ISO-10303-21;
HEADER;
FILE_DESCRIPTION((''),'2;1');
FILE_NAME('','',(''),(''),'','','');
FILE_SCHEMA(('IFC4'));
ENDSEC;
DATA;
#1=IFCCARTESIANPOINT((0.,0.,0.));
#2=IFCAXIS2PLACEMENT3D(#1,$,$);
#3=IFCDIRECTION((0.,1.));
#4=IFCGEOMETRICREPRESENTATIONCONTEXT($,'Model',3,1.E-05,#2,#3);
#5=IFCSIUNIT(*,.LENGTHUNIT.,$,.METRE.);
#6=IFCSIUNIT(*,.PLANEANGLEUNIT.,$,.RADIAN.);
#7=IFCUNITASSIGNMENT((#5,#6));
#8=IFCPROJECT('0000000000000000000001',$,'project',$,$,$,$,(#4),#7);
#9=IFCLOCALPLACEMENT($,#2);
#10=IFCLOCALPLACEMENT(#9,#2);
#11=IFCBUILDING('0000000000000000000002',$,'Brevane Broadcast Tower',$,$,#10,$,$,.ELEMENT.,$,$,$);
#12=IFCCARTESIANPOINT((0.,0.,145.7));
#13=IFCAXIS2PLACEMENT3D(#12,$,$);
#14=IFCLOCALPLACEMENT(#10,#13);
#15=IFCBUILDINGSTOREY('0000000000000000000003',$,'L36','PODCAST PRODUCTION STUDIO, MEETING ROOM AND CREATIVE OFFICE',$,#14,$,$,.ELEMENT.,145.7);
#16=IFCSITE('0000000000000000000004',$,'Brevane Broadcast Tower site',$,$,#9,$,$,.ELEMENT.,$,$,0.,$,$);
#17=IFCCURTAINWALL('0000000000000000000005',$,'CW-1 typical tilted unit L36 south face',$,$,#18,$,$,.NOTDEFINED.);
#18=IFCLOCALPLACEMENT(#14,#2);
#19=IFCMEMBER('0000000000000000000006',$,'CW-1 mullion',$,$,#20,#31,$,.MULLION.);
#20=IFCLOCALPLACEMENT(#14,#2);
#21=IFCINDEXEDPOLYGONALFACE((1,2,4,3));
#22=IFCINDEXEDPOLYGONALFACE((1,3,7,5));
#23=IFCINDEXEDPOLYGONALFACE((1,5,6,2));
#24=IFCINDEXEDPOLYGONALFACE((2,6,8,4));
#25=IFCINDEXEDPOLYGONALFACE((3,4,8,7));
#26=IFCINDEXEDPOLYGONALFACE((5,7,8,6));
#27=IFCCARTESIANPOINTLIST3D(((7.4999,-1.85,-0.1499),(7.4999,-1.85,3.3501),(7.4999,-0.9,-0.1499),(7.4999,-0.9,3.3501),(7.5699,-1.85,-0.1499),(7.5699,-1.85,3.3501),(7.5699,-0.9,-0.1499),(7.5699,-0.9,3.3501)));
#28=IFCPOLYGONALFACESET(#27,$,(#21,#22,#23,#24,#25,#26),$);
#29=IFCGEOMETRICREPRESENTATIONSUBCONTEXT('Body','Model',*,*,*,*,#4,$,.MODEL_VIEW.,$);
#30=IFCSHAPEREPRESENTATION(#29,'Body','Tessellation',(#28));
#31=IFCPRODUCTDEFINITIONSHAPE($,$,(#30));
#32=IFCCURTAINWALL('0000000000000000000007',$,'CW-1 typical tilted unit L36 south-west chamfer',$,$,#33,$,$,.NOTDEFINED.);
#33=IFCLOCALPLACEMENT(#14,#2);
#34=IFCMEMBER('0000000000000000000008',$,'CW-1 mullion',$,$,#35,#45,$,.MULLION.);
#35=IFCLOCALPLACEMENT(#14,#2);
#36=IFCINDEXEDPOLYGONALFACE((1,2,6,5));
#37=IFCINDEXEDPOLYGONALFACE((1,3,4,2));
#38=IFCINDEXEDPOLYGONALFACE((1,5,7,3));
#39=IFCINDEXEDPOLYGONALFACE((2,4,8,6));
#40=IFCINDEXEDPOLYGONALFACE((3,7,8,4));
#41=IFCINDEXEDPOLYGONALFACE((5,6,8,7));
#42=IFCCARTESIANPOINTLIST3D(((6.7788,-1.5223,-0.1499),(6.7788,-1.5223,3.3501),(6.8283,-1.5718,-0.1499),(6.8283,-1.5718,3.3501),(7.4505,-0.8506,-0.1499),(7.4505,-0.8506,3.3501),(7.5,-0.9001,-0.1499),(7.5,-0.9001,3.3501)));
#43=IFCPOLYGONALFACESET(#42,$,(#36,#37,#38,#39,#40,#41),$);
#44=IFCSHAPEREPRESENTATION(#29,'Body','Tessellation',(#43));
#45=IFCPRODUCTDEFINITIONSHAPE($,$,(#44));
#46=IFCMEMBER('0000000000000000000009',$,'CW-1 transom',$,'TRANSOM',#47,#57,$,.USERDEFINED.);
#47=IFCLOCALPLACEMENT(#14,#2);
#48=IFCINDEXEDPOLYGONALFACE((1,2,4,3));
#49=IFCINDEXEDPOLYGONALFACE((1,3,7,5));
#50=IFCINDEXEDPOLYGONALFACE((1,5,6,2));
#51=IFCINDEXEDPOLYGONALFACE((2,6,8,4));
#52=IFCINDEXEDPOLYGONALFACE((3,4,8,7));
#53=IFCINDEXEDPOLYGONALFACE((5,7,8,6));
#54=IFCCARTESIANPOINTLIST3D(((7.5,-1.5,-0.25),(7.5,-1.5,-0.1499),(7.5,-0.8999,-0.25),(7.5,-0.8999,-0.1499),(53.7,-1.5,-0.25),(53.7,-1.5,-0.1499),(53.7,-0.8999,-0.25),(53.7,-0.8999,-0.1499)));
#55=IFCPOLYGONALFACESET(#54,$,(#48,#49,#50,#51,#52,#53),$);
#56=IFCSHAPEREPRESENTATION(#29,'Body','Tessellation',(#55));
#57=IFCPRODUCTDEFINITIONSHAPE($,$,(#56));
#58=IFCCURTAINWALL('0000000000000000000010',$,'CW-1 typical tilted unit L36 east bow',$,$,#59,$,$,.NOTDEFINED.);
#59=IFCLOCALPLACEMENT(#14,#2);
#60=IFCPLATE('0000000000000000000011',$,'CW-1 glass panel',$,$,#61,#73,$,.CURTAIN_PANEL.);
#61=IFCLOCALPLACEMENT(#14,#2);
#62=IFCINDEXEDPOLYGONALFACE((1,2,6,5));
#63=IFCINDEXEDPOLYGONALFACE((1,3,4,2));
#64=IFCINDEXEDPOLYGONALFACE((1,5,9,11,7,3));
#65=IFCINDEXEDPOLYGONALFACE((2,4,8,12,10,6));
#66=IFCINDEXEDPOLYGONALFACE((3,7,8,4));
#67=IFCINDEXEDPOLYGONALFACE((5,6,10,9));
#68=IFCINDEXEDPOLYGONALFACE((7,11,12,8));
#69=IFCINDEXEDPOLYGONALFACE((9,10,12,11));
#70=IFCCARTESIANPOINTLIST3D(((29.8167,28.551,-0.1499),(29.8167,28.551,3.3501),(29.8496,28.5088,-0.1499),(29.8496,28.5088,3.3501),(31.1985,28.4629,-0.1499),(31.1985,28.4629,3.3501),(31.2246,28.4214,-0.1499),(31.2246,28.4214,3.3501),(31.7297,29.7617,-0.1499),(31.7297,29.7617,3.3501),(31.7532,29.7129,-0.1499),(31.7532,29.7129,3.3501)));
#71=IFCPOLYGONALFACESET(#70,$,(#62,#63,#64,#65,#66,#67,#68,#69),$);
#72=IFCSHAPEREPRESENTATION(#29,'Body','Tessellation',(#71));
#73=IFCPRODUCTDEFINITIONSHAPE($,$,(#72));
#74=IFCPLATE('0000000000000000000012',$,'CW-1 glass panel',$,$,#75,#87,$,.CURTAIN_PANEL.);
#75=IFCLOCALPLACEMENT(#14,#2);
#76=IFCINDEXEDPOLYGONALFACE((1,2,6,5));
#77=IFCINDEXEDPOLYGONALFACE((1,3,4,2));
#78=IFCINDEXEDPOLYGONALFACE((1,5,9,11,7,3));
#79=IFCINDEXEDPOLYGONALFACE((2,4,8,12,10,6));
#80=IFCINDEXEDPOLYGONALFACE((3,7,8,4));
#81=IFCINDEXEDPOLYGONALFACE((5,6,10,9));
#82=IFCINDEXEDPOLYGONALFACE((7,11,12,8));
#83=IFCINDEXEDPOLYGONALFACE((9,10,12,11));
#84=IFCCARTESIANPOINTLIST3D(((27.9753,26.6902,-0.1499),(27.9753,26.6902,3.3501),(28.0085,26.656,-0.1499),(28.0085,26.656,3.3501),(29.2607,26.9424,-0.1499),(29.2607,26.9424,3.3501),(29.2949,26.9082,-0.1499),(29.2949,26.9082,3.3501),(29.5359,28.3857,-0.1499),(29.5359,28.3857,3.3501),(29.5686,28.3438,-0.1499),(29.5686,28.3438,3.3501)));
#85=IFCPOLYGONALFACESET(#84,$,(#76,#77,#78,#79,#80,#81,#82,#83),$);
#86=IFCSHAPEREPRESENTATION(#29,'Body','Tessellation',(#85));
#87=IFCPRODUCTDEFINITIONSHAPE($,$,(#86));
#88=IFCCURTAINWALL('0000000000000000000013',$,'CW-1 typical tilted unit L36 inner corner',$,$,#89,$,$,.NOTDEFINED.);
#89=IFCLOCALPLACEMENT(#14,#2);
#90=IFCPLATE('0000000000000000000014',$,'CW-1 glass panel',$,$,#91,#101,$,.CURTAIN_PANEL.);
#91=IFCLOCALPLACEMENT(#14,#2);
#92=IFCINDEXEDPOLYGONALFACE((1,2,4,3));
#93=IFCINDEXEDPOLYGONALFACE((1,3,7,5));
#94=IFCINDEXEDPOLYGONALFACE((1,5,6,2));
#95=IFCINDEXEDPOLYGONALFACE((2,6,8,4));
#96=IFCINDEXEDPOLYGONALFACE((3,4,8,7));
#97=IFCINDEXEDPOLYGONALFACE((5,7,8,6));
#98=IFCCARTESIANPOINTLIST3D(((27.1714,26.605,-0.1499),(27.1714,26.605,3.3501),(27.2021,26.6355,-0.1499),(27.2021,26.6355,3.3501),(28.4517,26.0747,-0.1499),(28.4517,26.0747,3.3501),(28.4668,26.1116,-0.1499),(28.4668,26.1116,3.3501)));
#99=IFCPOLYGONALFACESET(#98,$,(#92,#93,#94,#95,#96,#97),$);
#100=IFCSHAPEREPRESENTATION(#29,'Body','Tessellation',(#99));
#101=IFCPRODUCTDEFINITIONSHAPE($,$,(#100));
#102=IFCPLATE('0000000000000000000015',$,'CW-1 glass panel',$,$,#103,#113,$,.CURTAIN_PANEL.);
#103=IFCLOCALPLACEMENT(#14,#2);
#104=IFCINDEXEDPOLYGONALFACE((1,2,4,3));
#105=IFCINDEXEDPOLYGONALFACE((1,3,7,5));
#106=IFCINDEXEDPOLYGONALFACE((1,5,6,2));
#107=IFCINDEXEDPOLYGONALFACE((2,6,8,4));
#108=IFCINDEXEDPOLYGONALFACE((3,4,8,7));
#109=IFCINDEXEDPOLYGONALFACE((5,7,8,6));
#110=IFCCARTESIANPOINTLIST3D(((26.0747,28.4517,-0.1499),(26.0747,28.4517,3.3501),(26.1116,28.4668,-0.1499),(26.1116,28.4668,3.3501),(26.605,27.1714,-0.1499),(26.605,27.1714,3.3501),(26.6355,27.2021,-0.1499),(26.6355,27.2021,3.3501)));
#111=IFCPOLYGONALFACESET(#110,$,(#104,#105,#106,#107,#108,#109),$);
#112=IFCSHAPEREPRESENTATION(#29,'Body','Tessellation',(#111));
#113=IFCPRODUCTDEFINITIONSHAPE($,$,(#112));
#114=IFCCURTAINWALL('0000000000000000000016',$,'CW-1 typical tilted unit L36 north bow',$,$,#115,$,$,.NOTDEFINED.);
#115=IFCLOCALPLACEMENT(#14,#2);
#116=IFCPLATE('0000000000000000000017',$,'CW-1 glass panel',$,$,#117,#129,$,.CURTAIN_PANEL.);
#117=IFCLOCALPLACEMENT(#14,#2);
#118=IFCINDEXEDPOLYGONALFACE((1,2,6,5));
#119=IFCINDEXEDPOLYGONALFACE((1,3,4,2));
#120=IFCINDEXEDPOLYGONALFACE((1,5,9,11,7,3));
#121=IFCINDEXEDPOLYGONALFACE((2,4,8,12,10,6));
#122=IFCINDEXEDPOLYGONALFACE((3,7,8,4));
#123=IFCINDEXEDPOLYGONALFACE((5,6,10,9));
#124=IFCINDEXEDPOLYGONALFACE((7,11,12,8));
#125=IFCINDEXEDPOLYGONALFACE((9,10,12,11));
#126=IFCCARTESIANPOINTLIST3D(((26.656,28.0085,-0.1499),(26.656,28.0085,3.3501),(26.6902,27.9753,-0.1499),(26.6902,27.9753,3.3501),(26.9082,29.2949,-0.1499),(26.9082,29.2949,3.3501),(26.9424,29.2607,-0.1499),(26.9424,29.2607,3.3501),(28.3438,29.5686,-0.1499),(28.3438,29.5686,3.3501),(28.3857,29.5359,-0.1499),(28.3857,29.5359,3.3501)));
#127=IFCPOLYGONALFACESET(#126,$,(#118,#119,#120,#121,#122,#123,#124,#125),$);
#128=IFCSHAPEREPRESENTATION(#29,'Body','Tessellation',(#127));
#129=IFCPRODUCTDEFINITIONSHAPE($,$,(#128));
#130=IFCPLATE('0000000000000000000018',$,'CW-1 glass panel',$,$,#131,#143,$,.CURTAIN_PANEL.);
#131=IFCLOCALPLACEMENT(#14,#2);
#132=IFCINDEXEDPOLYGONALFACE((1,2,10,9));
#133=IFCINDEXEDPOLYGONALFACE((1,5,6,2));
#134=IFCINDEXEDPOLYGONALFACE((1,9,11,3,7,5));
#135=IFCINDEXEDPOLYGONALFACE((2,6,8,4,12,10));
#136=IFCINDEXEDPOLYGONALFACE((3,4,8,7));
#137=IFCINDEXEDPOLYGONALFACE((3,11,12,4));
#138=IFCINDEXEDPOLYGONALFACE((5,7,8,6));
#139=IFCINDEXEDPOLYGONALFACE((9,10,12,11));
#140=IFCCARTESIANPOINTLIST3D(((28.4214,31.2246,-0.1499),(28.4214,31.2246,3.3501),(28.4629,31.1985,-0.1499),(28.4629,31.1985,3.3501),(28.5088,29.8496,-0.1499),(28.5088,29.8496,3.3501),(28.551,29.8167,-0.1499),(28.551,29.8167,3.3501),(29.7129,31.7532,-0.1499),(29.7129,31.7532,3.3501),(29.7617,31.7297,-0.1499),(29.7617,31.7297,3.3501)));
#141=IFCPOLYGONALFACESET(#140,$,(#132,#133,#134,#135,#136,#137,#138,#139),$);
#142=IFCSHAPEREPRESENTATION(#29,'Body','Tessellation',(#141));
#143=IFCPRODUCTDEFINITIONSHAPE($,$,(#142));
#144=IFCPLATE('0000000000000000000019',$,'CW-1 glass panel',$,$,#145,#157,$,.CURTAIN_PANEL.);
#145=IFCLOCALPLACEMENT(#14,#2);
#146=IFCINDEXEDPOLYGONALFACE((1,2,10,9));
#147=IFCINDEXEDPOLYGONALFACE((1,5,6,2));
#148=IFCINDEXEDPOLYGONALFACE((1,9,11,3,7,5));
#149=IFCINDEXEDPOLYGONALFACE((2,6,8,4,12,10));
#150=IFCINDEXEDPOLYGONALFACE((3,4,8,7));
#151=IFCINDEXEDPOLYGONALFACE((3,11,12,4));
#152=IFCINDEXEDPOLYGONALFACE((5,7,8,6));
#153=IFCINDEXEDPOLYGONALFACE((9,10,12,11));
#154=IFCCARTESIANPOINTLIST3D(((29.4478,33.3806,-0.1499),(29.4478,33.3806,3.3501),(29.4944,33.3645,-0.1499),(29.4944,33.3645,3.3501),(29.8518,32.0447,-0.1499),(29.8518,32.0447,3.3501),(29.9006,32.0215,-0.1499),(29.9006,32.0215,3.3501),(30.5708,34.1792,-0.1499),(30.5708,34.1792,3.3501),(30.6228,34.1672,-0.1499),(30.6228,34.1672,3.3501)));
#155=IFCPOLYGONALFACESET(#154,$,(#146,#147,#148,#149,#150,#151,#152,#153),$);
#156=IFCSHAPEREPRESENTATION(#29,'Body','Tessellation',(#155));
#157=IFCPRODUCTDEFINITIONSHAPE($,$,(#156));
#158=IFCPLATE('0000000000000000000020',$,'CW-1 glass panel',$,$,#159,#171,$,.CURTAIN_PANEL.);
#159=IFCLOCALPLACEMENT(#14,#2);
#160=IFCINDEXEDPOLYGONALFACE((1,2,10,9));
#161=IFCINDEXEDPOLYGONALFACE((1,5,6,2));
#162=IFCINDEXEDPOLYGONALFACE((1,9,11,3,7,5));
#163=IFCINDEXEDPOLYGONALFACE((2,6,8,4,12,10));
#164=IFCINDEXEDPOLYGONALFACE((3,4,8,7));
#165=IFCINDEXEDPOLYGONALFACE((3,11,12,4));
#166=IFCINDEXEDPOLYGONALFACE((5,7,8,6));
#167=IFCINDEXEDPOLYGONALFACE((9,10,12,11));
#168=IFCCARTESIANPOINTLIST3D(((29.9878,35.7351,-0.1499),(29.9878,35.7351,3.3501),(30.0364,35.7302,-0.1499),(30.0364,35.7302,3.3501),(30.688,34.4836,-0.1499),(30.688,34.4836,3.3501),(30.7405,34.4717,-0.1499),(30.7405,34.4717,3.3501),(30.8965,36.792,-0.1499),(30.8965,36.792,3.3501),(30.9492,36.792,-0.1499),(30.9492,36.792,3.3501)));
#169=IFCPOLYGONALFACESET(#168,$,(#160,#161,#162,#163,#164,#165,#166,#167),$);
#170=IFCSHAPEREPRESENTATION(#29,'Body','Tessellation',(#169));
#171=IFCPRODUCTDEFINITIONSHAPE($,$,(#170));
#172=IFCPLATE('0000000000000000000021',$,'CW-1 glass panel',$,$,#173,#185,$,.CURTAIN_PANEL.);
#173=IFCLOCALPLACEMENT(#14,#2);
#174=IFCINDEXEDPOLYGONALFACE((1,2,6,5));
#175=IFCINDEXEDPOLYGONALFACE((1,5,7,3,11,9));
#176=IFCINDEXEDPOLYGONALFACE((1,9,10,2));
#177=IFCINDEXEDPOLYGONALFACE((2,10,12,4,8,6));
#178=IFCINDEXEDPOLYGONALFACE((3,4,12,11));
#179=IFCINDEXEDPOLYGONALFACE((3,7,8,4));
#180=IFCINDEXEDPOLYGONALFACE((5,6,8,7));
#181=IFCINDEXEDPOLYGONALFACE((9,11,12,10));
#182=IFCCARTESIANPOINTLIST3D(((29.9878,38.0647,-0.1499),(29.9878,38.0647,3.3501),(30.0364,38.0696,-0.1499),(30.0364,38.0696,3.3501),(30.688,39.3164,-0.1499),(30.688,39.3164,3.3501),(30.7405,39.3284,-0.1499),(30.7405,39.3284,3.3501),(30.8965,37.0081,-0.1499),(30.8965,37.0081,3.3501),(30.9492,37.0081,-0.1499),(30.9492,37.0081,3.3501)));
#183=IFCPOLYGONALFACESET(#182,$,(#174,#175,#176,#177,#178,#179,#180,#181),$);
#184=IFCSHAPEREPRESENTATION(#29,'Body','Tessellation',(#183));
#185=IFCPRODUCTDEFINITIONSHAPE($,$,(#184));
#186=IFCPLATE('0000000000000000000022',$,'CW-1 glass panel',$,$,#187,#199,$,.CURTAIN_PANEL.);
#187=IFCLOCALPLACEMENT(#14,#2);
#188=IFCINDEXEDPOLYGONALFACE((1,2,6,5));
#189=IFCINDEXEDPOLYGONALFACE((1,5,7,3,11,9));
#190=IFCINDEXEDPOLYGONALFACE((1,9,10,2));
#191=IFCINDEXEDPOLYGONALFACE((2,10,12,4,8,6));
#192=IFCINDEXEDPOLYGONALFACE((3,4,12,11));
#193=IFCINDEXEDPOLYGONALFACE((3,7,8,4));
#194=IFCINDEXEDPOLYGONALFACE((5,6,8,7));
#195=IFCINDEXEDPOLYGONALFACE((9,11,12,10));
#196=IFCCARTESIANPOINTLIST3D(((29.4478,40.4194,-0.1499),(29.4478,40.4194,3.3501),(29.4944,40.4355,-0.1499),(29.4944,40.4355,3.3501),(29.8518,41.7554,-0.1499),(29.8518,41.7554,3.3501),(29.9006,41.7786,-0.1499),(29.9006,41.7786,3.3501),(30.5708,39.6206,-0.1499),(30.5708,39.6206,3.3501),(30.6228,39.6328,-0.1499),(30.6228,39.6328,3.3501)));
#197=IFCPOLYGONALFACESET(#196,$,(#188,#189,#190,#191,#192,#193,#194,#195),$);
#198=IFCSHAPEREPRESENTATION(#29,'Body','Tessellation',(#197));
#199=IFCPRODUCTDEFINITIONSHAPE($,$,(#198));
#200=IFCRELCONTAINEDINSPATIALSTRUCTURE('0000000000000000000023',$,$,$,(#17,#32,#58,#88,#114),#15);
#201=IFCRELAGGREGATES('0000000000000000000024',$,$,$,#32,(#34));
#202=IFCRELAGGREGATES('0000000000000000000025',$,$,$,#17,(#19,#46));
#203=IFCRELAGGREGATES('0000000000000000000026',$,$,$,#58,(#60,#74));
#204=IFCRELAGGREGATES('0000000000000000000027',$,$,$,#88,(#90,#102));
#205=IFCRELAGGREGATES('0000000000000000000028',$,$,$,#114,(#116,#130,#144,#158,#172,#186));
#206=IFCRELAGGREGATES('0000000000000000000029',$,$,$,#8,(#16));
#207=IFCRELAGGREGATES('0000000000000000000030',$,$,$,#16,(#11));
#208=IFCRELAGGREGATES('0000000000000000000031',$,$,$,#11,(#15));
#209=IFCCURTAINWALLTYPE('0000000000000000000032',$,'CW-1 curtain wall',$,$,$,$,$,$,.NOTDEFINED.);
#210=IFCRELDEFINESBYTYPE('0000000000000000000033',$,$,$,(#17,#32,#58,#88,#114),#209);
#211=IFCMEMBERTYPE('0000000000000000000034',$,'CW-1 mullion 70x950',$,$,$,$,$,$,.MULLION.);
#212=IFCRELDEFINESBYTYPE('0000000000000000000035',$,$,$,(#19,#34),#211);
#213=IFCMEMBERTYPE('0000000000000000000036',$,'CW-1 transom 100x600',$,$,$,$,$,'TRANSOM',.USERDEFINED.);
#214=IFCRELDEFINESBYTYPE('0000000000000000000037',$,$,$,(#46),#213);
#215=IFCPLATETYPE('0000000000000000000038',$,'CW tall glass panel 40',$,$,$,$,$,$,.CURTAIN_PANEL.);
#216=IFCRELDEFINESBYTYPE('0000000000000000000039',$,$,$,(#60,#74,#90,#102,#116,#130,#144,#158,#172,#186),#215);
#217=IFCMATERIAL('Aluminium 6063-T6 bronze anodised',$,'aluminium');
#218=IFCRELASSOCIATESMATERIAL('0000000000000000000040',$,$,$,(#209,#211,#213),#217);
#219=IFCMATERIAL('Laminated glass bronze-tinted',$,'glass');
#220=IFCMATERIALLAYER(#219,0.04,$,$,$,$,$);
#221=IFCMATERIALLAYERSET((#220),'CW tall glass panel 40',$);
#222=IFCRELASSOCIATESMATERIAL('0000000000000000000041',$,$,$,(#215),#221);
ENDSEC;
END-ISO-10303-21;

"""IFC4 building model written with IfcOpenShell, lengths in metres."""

from ifc_helpers import new_model, si_unit, direction, frame, origin, origin_2d, place, context, subcontext, project, spatial, polyline, rectangle, outline, extrude, material, layer, layer_set, material_profile, profile_set, type_object, element, aggregate, save


model = new_model("IFC4")

# Units and contexts
model_context = context("Model", 3, precision=1e-05, world=origin(), true_north=direction((0.0, 1.0)))
body_context = subcontext(model_context, "Body", "Model", "MODEL_VIEW")
ifc_project = project(units=[si_unit("LENGTHUNIT", "METRE"), si_unit("PLANEANGLEUNIT", "RADIAN")], contexts=[model_context])

# Site, building, storey
site_placement = place(None, origin())
site = spatial("IfcSite", under=ifc_project, at=site_placement, Name="Brevane Broadcast Tower site", CompositionType="ELEMENT", RefElevation=0.0)
building_placement = place(site_placement, origin())
building = spatial("IfcBuilding", under=site, at=building_placement, Name="Brevane Broadcast Tower", CompositionType="ELEMENT")
storey_placement = place(building_placement, frame((0.0, 0.0, 145.7)))
storey = spatial("IfcBuildingStorey", under=building, at=storey_placement, Name="L36", Description="PODCAST PRODUCTION STUDIO, MEETING ROOM AND CREATIVE OFFICE", CompositionType="ELEMENT", Elevation=145.7)

# Curtain walls, members
ifc_material_1 = material(Name="Aluminium 6063-T6 bronze anodised", Category="aluminium")
curtain_wall_type = type_object("IfcCurtainWallType", Name="CW-1 curtain wall", PredefinedType="NOTDEFINED", material=ifc_material_1)
curtain_wall_1_placement = place(storey_placement, origin())
curtain_wall_1 = element("IfcCurtainWall", 1, at=curtain_wall_1_placement, inside=storey, type_object=curtain_wall_type, Name="CW-1 typical tilted unit L36 south face", PredefinedType="NOTDEFINED")
ifc_material_profile_1 = material_profile(ifc_material_1, rectangle(XDim=0.95, YDim=0.0701, at=origin_2d()), Name="RECT 70x950")
ifc_profile_set_1 = profile_set([ifc_material_profile_1], Name="Aluminium 6063-T6 bronze anodised")
member_type_1 = type_object("IfcMemberType", Name="CW-1 mullion 70x950", PredefinedType="MULLION", material=ifc_profile_set_1)
member_1_placement = place(storey_placement, frame((7.5349, -1.375, -0.1499), z_axis=(0.0, 0.0, 1.0), x_axis=(0.0, 1.0, 0.0)))
member_1 = element("IfcMember", 2, at=member_1_placement, type_object=member_type_1, Name="CW-1 mullion", PredefinedType="MULLION", context=body_context, shape_type="SweptSolid", body=[
    extrude(rectangle(XDim=0.95, YDim=0.0701, at=origin_2d()), origin(), (0.0, 0.0, 1.0), 3.5),
])
curtain_wall_2_placement = place(storey_placement, origin())
curtain_wall_2 = element("IfcCurtainWall", 3, at=curtain_wall_2_placement, inside=storey, type_object=curtain_wall_type, Name="CW-1 typical tilted unit L36 south-west chamfer", PredefinedType="NOTDEFINED")
member_2_placement = place(storey_placement, frame((7.1394, -1.2112, -0.1499), z_axis=(0.0, 0.0, 1.0), x_axis=(0.707107, 0.707107, 0.0)))
member_2 = element("IfcMember", 4, at=member_2_placement, type_object=member_type_1, Name="CW-1 mullion", PredefinedType="MULLION", context=body_context, shape_type="SweptSolid", body=[
    extrude(rectangle(XDim=0.95, YDim=0.0701, at=origin_2d()), origin(), (0.0, 0.0, 1.0), 3.5),
])
aggregate(curtain_wall_2, [member_2])

# Member
ifc_material_profile_2 = material_profile(ifc_material_1, rectangle(XDim=0.6001, YDim=0.1001, at=origin_2d()), Name="RECT 100x600")
ifc_profile_set_2 = profile_set([ifc_material_profile_2], Name="Aluminium 6063-T6 bronze anodised")
member_type_2 = type_object("IfcMemberType", Name="CW-1 transom 100x600", ElementType="TRANSOM", PredefinedType="USERDEFINED", material=ifc_profile_set_2)
member_3_placement = place(storey_placement, frame((7.5, -1.2, -0.2), z_axis=(1.0, 0.0, 0.0), x_axis=(0.0, 1.0, 0.0)))
member_3 = element("IfcMember", 5, at=member_3_placement, type_object=member_type_2, Name="CW-1 transom", ObjectType="TRANSOM", PredefinedType="USERDEFINED", context=body_context, shape_type="SweptSolid", body=[
    extrude(rectangle(XDim=0.6001, YDim=0.1001, at=origin_2d()), origin(), (0.0, 0.0, 1.0), 46.2),
])
aggregate(curtain_wall_1, [member_1, member_3])

# Curtain walls, plates
curtain_wall_3_placement = place(storey_placement, origin())
curtain_wall_3 = element("IfcCurtainWall", 6, at=curtain_wall_3_placement, inside=storey, type_object=curtain_wall_type, Name="CW-1 typical tilted unit L36 east bow", PredefinedType="NOTDEFINED")
ifc_material_2 = material(Name="Laminated glass bronze-tinted", Category="glass")
ifc_layer = layer(ifc_material_2, 0.04)
ifc_layer_set = layer_set([ifc_layer], Name="CW tall glass panel 40")
plate_type = type_object("IfcPlateType", Name="CW tall glass panel 40", PredefinedType="CURTAIN_PANEL", material=ifc_layer_set)
plate_1_placement = place(storey_placement, frame((0.0, 0.0, -0.1499)))
plate_1 = element("IfcPlate", 7, at=plate_1_placement, type_object=plate_type, Name="CW-1 glass panel", PredefinedType="CURTAIN_PANEL", context=body_context, shape_type="SweptSolid", body=[
    extrude(outline(polyline([(31.7532, 29.7129), (31.7297, 29.7617), (31.1985, 28.4629), (29.8167, 28.551), (29.8496, 28.5088), (31.2246, 28.4214), (31.7532, 29.7129)])), origin(), (0.0, 0.0, 1.0), 3.5),
])
plate_2_placement = place(storey_placement, frame((0.0, 0.0, -0.1499)))
plate_2 = element("IfcPlate", 8, at=plate_2_placement, type_object=plate_type, Name="CW-1 glass panel", PredefinedType="CURTAIN_PANEL", context=body_context, shape_type="SweptSolid", body=[
    extrude(outline(polyline([(29.5686, 28.3438), (29.5359, 28.3857), (29.2607, 26.9424), (27.9753, 26.6902), (28.0085, 26.656), (29.2949, 26.9082), (29.5686, 28.3438)])), origin(), (0.0, 0.0, 1.0), 3.5),
])
aggregate(curtain_wall_3, [plate_1, plate_2])
curtain_wall_4_placement = place(storey_placement, origin())
curtain_wall_4 = element("IfcCurtainWall", 9, at=curtain_wall_4_placement, inside=storey, type_object=curtain_wall_type, Name="CW-1 typical tilted unit L36 inner corner", PredefinedType="NOTDEFINED")
plate_3_placement = place(storey_placement, frame((0.0, 0.0, -0.1499)))
plate_3 = element("IfcPlate", 10, at=plate_3_placement, type_object=plate_type, Name="CW-1 glass panel", PredefinedType="CURTAIN_PANEL", context=body_context, shape_type="SweptSolid", body=[
    extrude(outline(polyline([(28.4517, 26.0747), (28.4668, 26.1116), (27.2021, 26.6355), (27.1714, 26.605), (28.4517, 26.0747)])), origin(), (0.0, 0.0, 1.0), 3.5),
])
plate_4_placement = place(storey_placement, frame((0.0, 0.0, -0.1499)))
plate_4 = element("IfcPlate", 11, at=plate_4_placement, type_object=plate_type, Name="CW-1 glass panel", PredefinedType="CURTAIN_PANEL", context=body_context, shape_type="SweptSolid", body=[
    extrude(outline(polyline([(26.605, 27.1714), (26.6355, 27.2021), (26.1116, 28.4668), (26.0747, 28.4517), (26.605, 27.1714)])), origin(), (0.0, 0.0, 1.0), 3.5),
])
aggregate(curtain_wall_4, [plate_3, plate_4])
curtain_wall_5_placement = place(storey_placement, origin())
curtain_wall_5 = element("IfcCurtainWall", 12, at=curtain_wall_5_placement, inside=storey, type_object=curtain_wall_type, Name="CW-1 typical tilted unit L36 north bow", PredefinedType="NOTDEFINED")
plate_5_placement = place(storey_placement, frame((0.0, 0.0, -0.1499)))
plate_5 = element("IfcPlate", 13, at=plate_5_placement, type_object=plate_type, Name="CW-1 glass panel", PredefinedType="CURTAIN_PANEL", context=body_context, shape_type="SweptSolid", body=[
    extrude(outline(polyline([(26.656, 28.0085), (26.6902, 27.9753), (26.9424, 29.2607), (28.3857, 29.5359), (28.3438, 29.5686), (26.9082, 29.2949), (26.656, 28.0085)])), origin(), (0.0, 0.0, 1.0), 3.5),
])
plate_6_placement = place(storey_placement, frame((0.0, 0.0, -0.1499)))
plate_6 = element("IfcPlate", 14, at=plate_6_placement, type_object=plate_type, Name="CW-1 glass panel", PredefinedType="CURTAIN_PANEL", context=body_context, shape_type="SweptSolid", body=[
    extrude(outline(polyline([(28.5088, 29.8496), (28.551, 29.8167), (28.4629, 31.1985), (29.7617, 31.7297), (29.7129, 31.7532), (28.4214, 31.2246), (28.5088, 29.8496)])), origin(), (0.0, 0.0, 1.0), 3.5),
])
plate_7_placement = place(storey_placement, frame((0.0, 0.0, -0.1499)))
plate_7 = element("IfcPlate", 15, at=plate_7_placement, type_object=plate_type, Name="CW-1 glass panel", PredefinedType="CURTAIN_PANEL", context=body_context, shape_type="SweptSolid", body=[
    extrude(outline(polyline([(29.8518, 32.0447), (29.9006, 32.0215), (29.4944, 33.3645), (30.6228, 34.1672), (30.5708, 34.1792), (29.4478, 33.3806), (29.8518, 32.0447)])), origin(), (0.0, 0.0, 1.0), 3.5),
])
plate_8_placement = place(storey_placement, frame((0.0, 0.0, -0.1499)))
plate_8 = element("IfcPlate", 16, at=plate_8_placement, type_object=plate_type, Name="CW-1 glass panel", PredefinedType="CURTAIN_PANEL", context=body_context, shape_type="SweptSolid", body=[
    extrude(outline(polyline([(30.688, 34.4836), (30.7405, 34.4717), (30.0364, 35.7302), (30.9492, 36.792), (30.8965, 36.792), (29.9878, 35.7351), (30.688, 34.4836)])), origin(), (0.0, 0.0, 1.0), 3.5),
])
plate_9_placement = place(storey_placement, frame((0.0, 0.0, -0.1499)))
plate_9 = element("IfcPlate", 17, at=plate_9_placement, type_object=plate_type, Name="CW-1 glass panel", PredefinedType="CURTAIN_PANEL", context=body_context, shape_type="SweptSolid", body=[
    extrude(outline(polyline([(30.8965, 37.0081), (30.9492, 37.0081), (30.0364, 38.0696), (30.7405, 39.3284), (30.688, 39.3164), (29.9878, 38.0647), (30.8965, 37.0081)])), origin(), (0.0, 0.0, 1.0), 3.5),
])
plate_10_placement = place(storey_placement, frame((0.0, 0.0, -0.1499)))
plate_10 = element("IfcPlate", 18, at=plate_10_placement, type_object=plate_type, Name="CW-1 glass panel", PredefinedType="CURTAIN_PANEL", context=body_context, shape_type="SweptSolid", body=[
    extrude(outline(polyline([(30.5708, 39.6206), (30.6228, 39.6328), (29.4944, 40.4355), (29.9006, 41.7786), (29.8518, 41.7554), (29.4478, 40.4194), (30.5708, 39.6206)])), origin(), (0.0, 0.0, 1.0), 3.5),
])
aggregate(curtain_wall_5, [plate_5, plate_6, plate_7, plate_8, plate_9, plate_10])

save(model, "model.ifc")
